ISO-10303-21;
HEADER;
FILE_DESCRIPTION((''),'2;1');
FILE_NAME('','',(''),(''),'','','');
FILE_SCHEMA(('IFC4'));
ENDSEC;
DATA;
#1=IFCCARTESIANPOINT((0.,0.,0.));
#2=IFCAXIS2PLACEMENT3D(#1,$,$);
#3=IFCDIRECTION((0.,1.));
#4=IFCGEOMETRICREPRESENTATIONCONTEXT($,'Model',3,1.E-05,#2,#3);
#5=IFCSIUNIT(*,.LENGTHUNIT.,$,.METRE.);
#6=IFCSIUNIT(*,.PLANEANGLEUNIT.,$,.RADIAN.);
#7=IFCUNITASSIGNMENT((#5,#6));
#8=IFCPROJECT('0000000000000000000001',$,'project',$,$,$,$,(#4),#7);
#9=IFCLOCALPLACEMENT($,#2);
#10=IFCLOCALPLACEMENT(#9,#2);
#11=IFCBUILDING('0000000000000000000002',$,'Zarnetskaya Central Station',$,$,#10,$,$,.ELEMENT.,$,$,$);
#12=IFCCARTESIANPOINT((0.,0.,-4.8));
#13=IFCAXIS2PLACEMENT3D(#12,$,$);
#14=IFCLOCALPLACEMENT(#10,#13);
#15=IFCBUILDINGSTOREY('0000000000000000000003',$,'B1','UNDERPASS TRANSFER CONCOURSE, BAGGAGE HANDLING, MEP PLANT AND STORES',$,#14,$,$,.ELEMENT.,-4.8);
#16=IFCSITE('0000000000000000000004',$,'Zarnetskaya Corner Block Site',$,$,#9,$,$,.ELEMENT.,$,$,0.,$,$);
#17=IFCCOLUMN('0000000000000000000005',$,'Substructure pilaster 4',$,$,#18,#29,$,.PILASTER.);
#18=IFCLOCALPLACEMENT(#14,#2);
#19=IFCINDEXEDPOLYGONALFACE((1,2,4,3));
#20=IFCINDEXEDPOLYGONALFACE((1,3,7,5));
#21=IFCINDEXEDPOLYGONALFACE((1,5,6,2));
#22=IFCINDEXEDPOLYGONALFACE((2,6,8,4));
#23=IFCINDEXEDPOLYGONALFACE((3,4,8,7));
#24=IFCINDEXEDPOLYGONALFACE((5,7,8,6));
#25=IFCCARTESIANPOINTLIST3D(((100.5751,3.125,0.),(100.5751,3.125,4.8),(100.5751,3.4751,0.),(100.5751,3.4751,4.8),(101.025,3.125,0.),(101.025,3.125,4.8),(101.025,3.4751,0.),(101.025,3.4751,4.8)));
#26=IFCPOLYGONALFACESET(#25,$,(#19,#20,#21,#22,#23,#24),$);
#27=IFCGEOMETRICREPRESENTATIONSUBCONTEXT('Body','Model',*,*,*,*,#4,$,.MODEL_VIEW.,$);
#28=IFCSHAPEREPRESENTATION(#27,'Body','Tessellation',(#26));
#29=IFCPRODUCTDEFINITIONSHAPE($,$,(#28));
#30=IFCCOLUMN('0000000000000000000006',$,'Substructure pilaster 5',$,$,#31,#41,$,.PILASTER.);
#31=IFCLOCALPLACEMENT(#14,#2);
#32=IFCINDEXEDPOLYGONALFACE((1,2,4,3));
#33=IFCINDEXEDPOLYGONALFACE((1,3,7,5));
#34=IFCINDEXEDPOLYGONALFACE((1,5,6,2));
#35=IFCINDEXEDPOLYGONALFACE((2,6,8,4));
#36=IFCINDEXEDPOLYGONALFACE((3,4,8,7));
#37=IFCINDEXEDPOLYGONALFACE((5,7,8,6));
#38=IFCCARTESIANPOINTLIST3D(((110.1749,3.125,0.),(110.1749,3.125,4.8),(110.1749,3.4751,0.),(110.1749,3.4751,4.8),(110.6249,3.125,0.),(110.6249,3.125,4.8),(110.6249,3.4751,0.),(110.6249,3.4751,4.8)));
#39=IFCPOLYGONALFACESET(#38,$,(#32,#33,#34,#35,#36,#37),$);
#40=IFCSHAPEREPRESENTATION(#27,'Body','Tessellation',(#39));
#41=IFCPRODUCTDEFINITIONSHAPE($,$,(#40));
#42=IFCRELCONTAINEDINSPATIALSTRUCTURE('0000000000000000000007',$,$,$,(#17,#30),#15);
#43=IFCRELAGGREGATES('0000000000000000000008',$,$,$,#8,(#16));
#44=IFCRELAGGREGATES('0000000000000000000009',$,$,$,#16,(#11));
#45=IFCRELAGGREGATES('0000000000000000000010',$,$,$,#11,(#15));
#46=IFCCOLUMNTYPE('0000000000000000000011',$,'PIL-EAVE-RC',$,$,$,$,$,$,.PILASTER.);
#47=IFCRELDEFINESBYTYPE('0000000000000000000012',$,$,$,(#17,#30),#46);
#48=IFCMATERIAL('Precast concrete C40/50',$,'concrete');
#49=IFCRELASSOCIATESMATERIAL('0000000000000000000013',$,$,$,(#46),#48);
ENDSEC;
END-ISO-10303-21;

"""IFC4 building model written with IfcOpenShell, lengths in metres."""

from ifc_helpers import new_model, si_unit, direction, frame, origin, origin_2d, place, context, subcontext, project, spatial, rectangle, extrude, material, material_profile, profile_set, type_object, element, save


model = new_model("IFC4")

# Units and contexts
model_context = context("Model", 3, precision=1e-05, world=origin(), true_north=direction((0.0, 1.0)))
body_context = subcontext(model_context, "Body", "Model", "MODEL_VIEW")
ifc_project = project(units=[si_unit("LENGTHUNIT", "METRE"), si_unit("PLANEANGLEUNIT", "RADIAN")], contexts=[model_context])

# Site, building, storey
site_placement = place(None, origin())
site = spatial("IfcSite", under=ifc_project, at=site_placement, Name="Zarnetskaya Corner Block Site", CompositionType="ELEMENT", RefElevation=0.0)
building_placement = place(site_placement, origin())
building = spatial("IfcBuilding", under=site, at=building_placement, Name="Zarnetskaya Central Station", CompositionType="ELEMENT")
storey_placement = place(building_placement, frame((0.0, 0.0, -4.8)))
storey = spatial("IfcBuildingStorey", under=building, at=storey_placement, Name="B1", Description="UNDERPASS TRANSFER CONCOURSE, BAGGAGE HANDLING, MEP PLANT AND STORES", CompositionType="ELEMENT", Elevation=-4.8)

# Columns
ifc_material_1 = material(Name="Precast concrete C40/50", Category="concrete")
ifc_material_profile_1 = material_profile(ifc_material_1, rectangle(XDim=0.45, YDim=0.3501, at=origin_2d()), Name="RC PILASTER 450x350")
ifc_profile_set_1 = profile_set([ifc_material_profile_1], Name="Precast concrete C40/50")
column_type_1 = type_object("IfcColumnType", Name="PIL-EAVE-RC", PredefinedType="PILASTER", material=ifc_profile_set_1)
for number, where, z_axis, x_axis, name in (
    (1, (100.8, 3.3, 0.0), (0.0, 0.0, 1.0), (1.0, 0.0, 0.0), "Substructure pilaster 4"),
    (2, (110.3999, 3.3, 0.0), (0.0, 0.0, 1.0), (1.0, 0.0, 0.0), "Substructure pilaster 5"),
):
    element("IfcColumn", number, at=place(storey_placement, frame(where, z_axis=z_axis, x_axis=x_axis)), inside=storey, type_object=column_type_1, Name=name, PredefinedType="PILASTER", context=body_context, shape_type="SweptSolid", body=[
        extrude(rectangle(XDim=0.45, YDim=0.3501, at=origin_2d()), origin(), (0.0, 0.0, 1.0), 4.8),
    ])

save(model, "model.ifc")
